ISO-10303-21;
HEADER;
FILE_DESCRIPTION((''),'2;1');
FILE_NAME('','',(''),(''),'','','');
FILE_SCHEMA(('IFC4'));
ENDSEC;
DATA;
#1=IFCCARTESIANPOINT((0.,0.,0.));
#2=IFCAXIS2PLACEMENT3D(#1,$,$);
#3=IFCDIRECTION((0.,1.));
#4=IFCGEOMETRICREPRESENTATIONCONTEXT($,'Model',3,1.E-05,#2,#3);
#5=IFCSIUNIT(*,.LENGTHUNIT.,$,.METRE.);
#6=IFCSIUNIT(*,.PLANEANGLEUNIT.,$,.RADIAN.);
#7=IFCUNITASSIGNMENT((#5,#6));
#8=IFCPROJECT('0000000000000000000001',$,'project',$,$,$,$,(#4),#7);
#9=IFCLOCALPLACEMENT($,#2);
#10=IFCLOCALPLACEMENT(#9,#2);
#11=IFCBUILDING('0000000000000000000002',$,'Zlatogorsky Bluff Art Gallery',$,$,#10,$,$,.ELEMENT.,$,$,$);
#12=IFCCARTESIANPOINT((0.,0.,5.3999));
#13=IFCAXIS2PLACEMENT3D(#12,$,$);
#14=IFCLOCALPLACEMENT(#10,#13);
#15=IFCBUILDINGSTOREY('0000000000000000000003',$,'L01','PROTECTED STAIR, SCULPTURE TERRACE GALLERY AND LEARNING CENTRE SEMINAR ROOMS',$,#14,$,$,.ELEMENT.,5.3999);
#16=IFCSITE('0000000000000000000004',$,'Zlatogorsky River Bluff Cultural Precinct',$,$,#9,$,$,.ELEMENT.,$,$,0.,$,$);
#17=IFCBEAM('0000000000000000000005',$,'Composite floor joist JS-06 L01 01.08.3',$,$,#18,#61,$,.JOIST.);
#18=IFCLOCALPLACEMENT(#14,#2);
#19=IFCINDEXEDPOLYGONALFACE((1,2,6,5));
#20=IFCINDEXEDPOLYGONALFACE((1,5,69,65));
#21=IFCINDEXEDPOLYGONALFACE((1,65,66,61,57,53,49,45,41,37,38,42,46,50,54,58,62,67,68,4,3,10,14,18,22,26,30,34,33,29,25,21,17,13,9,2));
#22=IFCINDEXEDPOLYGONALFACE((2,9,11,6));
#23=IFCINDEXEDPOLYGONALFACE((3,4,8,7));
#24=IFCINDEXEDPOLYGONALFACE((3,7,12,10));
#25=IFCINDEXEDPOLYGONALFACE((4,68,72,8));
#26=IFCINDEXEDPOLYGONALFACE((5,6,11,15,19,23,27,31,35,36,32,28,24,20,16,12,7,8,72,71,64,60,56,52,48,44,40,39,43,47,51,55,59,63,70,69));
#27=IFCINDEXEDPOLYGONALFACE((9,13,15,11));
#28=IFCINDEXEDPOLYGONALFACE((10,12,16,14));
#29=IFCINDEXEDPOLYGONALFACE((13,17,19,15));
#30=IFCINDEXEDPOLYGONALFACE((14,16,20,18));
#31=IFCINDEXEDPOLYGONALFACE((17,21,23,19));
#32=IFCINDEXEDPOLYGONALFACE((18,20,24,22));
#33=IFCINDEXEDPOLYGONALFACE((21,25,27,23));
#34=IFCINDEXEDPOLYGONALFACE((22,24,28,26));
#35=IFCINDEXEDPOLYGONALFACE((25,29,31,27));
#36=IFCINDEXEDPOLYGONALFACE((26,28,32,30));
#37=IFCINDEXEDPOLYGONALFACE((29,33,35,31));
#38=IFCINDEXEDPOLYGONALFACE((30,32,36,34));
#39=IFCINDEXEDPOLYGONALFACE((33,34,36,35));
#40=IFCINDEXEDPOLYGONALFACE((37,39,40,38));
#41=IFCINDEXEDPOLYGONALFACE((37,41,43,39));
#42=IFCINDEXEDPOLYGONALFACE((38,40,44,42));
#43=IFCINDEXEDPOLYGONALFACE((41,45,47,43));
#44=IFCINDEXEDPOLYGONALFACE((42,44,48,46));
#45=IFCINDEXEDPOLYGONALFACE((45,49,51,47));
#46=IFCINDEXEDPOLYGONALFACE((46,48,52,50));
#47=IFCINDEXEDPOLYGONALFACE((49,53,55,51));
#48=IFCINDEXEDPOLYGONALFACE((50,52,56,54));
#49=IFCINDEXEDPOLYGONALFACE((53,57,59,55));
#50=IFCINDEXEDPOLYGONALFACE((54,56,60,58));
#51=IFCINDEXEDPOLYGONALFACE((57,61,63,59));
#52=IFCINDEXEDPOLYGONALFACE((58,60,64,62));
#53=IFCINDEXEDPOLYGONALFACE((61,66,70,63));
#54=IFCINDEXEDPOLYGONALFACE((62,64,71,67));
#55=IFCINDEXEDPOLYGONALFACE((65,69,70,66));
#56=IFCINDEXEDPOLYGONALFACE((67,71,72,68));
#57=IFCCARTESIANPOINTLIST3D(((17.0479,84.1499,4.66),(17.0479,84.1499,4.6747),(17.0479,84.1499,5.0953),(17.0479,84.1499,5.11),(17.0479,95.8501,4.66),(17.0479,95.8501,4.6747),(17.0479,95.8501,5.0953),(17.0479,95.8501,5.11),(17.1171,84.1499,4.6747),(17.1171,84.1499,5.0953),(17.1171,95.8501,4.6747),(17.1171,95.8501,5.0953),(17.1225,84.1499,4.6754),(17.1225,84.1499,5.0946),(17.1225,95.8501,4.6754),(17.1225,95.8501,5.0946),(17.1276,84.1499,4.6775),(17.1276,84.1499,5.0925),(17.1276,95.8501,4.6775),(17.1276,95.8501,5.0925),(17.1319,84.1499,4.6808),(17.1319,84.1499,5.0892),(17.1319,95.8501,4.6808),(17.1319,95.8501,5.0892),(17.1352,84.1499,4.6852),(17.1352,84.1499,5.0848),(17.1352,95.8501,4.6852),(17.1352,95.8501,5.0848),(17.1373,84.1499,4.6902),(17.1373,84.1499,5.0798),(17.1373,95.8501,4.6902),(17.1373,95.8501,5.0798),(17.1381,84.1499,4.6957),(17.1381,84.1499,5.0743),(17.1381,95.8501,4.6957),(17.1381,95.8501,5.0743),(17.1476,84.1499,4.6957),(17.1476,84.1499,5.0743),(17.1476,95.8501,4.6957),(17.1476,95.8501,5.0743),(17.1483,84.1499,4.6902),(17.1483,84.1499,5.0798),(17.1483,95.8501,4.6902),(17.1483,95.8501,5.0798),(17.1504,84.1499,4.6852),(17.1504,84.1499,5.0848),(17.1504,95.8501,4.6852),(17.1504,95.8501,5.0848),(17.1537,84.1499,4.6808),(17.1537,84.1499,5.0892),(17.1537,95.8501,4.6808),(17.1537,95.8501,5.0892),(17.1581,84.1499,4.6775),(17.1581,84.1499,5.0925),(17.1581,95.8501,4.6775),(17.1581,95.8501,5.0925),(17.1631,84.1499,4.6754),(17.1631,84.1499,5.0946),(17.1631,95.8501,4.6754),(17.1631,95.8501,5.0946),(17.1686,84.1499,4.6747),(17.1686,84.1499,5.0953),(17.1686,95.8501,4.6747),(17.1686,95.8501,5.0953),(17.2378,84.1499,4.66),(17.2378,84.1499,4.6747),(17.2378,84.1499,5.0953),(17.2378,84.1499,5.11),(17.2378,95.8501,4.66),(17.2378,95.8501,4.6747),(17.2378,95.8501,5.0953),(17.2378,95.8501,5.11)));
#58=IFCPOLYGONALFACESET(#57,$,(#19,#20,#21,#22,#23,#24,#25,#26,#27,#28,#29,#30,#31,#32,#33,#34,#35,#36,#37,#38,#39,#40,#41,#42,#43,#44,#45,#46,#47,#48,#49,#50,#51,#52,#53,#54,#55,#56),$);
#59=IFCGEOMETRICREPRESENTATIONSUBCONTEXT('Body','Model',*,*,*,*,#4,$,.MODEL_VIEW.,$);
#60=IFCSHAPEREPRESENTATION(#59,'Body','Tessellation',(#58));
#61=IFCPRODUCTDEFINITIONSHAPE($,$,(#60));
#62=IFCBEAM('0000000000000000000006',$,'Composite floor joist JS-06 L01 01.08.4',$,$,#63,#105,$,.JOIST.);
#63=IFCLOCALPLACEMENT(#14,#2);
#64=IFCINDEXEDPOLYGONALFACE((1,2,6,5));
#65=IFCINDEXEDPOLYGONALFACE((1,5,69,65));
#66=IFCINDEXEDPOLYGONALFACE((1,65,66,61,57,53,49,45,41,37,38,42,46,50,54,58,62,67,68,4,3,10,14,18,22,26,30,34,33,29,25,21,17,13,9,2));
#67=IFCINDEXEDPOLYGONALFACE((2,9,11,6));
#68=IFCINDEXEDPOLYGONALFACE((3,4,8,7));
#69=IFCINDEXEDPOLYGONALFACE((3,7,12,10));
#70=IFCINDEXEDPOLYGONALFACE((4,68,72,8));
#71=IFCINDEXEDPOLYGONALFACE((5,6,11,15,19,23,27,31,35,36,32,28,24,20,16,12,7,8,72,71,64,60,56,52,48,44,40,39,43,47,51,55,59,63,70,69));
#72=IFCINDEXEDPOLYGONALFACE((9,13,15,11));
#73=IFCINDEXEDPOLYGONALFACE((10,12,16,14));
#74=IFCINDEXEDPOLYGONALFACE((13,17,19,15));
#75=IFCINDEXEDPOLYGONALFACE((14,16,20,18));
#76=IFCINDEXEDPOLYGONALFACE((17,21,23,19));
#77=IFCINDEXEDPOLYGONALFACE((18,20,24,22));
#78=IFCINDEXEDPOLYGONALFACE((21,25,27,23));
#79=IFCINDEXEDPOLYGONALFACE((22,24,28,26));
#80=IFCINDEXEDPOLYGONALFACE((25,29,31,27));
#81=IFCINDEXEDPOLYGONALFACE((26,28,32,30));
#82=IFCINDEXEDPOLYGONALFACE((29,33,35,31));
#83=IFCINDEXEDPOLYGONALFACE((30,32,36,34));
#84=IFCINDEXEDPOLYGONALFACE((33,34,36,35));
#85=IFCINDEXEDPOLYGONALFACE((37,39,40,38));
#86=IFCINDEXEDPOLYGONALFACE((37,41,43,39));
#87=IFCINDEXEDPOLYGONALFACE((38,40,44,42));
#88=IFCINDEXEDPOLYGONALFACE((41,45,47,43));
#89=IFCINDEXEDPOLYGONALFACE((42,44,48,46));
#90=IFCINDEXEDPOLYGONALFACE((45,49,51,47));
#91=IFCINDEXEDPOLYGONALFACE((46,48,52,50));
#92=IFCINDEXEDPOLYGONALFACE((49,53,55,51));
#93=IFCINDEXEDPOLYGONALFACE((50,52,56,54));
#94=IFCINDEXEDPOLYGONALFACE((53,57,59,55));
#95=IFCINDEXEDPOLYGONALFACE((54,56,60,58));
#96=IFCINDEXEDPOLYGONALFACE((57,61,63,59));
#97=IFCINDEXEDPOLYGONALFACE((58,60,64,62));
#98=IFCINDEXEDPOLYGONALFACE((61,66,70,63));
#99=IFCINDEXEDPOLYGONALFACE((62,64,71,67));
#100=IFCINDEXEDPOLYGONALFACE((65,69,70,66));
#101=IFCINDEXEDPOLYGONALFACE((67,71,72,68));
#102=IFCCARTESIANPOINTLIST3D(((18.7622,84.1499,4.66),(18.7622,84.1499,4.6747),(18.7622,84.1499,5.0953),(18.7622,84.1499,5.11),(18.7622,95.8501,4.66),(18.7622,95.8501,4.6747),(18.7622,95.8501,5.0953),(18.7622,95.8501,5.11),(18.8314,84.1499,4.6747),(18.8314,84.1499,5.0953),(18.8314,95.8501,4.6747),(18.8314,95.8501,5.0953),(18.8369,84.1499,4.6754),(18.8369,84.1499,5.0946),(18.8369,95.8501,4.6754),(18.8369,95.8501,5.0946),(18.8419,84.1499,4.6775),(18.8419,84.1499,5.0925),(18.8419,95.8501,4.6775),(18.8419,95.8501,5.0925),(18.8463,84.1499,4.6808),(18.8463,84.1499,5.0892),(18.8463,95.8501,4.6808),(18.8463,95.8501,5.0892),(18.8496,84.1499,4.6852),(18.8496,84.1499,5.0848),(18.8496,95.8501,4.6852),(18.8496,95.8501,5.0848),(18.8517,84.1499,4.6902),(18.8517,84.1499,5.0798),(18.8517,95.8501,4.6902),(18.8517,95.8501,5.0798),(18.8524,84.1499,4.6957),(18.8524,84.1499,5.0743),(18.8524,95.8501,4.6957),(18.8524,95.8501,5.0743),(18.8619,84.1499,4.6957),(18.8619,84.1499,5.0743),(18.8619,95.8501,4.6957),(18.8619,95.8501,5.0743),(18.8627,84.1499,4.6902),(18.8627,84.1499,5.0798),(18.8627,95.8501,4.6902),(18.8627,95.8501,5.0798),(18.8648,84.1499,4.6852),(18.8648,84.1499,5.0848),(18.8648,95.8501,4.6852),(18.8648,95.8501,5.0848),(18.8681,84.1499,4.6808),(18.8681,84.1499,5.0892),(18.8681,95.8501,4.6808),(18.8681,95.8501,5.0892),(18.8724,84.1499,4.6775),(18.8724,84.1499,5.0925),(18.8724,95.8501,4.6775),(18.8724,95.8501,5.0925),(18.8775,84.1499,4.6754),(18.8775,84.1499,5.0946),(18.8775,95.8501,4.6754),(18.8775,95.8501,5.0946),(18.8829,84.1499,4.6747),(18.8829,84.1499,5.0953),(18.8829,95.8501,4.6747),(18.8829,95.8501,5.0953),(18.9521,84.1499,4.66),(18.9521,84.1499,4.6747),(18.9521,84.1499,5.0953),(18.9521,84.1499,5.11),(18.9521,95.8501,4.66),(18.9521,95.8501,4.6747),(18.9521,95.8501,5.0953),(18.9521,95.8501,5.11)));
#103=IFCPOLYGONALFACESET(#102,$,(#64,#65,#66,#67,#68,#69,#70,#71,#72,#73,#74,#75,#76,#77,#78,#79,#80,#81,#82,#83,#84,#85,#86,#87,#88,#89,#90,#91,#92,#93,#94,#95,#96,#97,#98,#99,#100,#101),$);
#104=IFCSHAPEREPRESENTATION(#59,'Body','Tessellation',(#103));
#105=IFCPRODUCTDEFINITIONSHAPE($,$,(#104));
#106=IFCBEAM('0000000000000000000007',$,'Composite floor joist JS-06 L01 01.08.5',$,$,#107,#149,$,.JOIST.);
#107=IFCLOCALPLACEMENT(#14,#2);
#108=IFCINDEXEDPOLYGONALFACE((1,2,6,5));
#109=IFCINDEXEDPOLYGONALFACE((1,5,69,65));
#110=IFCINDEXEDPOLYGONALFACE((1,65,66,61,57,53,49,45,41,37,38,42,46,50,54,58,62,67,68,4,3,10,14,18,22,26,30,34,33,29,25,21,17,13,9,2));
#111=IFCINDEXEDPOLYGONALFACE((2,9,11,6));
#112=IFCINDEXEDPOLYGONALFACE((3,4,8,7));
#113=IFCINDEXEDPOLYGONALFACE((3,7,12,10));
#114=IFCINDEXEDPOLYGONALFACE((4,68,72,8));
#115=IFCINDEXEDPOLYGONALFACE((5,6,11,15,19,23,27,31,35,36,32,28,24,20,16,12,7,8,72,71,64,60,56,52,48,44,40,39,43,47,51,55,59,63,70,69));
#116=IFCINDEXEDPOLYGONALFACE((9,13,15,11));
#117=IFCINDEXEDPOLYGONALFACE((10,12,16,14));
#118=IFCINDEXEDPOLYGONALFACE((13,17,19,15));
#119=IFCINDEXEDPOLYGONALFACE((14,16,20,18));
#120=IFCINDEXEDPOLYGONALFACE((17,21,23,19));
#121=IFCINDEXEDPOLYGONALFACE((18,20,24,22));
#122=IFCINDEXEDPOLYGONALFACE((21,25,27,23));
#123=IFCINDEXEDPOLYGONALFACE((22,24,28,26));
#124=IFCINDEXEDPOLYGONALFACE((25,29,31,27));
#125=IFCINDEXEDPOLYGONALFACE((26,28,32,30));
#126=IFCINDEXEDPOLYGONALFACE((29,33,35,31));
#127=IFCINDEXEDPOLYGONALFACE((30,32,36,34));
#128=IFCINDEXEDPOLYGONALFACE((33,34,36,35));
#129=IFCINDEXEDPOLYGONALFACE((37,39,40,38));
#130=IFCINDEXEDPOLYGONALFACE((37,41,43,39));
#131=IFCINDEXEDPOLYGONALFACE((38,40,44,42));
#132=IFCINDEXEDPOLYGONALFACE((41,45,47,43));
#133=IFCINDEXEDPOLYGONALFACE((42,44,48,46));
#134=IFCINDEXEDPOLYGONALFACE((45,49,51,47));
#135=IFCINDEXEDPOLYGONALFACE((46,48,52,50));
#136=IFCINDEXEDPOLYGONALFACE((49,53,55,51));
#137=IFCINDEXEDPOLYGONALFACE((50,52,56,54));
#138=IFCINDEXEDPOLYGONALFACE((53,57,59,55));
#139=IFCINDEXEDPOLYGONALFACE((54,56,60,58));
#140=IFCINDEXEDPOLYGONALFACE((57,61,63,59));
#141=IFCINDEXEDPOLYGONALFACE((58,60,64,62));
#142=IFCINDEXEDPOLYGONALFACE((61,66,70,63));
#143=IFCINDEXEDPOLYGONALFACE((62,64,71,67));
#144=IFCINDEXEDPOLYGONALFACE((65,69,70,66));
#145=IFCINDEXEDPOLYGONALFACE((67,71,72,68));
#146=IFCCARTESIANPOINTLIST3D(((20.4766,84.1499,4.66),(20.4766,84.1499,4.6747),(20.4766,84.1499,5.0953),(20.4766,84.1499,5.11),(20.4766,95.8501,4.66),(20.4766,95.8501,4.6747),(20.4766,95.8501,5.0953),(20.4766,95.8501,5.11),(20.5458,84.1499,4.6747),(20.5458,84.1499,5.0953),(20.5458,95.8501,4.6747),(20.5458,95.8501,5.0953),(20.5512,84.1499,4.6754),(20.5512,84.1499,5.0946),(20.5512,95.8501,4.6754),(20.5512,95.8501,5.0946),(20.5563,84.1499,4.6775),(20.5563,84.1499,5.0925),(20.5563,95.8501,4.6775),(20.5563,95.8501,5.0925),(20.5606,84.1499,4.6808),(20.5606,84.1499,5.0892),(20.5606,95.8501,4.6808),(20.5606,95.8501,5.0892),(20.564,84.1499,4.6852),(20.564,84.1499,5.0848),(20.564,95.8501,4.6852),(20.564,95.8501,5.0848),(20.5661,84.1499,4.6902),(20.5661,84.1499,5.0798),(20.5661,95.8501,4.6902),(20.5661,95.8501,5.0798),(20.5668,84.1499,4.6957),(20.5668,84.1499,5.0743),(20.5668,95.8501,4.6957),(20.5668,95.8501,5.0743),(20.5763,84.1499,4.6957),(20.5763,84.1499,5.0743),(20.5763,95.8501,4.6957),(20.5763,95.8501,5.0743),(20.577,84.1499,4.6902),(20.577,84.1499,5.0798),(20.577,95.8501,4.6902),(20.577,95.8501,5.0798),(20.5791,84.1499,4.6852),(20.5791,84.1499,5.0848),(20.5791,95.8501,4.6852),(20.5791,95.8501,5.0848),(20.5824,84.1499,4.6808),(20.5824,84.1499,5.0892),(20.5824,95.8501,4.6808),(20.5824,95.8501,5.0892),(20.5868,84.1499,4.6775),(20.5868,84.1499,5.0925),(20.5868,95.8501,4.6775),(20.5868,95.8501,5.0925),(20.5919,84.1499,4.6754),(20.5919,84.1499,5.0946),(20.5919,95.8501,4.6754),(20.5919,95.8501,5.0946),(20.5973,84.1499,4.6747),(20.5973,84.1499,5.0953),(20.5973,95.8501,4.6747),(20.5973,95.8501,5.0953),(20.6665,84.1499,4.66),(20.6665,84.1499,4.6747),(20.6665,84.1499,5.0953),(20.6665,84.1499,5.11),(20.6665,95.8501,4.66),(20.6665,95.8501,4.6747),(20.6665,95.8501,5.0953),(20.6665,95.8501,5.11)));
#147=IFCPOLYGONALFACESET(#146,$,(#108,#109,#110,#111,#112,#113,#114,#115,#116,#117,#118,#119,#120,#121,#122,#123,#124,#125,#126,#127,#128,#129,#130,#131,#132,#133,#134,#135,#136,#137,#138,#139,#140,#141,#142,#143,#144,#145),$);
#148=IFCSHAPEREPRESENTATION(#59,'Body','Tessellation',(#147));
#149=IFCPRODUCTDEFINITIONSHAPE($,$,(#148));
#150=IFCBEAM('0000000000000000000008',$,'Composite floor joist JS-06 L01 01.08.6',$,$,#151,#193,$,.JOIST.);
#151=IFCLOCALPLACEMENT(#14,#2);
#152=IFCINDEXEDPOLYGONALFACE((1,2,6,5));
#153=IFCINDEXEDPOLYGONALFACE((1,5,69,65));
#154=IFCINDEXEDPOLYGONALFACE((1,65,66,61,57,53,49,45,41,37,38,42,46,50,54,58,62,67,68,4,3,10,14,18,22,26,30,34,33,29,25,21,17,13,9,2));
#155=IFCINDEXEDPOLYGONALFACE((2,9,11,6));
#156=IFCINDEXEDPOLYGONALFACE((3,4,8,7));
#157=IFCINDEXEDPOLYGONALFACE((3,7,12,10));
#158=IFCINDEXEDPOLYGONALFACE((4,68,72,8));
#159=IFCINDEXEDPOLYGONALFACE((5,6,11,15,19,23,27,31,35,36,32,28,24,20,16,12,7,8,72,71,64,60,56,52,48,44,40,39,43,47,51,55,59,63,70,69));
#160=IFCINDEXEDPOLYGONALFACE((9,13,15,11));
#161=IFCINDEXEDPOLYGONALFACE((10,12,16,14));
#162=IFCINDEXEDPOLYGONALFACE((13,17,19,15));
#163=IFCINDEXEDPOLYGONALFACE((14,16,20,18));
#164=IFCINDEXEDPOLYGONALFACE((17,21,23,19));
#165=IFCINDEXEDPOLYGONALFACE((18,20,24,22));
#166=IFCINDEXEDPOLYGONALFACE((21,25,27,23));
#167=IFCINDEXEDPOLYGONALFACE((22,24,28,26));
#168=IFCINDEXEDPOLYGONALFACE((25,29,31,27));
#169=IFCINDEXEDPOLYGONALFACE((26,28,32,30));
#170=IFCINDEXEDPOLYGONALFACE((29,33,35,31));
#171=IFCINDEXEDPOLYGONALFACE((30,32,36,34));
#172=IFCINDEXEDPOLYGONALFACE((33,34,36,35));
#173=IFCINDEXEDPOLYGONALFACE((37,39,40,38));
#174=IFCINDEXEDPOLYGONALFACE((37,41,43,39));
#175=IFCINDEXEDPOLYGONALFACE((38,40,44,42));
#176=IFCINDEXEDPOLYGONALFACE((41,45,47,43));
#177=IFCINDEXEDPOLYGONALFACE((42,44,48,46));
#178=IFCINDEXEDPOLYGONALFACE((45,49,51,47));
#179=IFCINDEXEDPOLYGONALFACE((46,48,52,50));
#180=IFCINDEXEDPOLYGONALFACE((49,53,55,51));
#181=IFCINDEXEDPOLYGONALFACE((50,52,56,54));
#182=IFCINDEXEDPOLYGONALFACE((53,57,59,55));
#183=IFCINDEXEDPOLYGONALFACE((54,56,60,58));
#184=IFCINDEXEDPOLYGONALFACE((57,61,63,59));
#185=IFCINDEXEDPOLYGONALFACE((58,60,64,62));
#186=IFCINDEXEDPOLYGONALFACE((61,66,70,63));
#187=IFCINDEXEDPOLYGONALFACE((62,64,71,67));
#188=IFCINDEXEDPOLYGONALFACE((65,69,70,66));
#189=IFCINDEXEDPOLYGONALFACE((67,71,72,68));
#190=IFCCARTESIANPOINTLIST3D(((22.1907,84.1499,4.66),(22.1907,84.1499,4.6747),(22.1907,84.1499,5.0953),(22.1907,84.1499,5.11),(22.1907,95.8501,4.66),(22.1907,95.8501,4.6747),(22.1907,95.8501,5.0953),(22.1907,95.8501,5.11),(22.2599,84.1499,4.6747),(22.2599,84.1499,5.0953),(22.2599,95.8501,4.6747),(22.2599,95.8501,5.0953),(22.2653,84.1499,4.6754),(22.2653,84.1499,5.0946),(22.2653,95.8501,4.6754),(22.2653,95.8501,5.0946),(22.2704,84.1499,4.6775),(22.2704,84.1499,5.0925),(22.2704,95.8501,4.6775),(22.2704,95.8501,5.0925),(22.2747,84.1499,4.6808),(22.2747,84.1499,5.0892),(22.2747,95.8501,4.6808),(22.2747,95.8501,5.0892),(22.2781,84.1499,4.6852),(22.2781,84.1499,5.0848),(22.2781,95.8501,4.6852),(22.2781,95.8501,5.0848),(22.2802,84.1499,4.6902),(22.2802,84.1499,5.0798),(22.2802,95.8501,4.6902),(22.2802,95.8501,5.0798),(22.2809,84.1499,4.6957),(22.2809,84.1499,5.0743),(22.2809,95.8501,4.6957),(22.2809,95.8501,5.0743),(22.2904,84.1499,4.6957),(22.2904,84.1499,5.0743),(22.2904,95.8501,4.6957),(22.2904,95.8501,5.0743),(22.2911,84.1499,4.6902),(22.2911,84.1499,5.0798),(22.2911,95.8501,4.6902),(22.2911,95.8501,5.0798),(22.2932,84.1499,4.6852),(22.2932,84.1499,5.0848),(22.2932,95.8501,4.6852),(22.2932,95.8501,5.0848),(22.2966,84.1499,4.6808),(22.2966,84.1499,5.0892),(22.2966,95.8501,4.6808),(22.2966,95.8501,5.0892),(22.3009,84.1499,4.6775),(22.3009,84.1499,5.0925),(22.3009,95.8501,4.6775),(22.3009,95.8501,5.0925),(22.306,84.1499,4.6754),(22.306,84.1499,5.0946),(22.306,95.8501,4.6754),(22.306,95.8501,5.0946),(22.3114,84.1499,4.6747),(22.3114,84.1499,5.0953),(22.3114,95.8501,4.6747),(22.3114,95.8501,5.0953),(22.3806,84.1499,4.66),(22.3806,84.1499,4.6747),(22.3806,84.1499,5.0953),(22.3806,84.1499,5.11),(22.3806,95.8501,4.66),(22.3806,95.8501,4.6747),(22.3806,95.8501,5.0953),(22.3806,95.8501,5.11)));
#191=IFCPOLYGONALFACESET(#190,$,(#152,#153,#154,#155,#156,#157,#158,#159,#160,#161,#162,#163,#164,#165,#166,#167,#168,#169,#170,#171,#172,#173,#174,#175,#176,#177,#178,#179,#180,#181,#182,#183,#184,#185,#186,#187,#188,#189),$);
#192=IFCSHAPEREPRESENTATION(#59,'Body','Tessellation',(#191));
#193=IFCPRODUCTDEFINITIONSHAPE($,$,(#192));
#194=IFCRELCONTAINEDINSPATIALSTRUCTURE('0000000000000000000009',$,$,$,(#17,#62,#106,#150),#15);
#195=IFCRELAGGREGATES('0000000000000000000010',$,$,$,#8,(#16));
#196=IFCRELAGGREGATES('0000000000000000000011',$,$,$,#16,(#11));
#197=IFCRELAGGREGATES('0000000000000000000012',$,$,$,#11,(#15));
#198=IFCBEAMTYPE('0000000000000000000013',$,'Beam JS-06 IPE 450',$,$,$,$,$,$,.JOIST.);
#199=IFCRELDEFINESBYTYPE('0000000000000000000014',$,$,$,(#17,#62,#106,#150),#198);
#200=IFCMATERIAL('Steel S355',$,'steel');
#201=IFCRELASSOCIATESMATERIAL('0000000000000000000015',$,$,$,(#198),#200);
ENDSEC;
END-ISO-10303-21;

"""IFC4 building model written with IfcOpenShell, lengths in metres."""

from ifc_helpers import new_model, si_unit, direction, frame, origin, origin_2d, place, context, subcontext, project, spatial, i_section, extrude, material, material_profile, profile_set, type_object, element, save


model = new_model("IFC4")

# Units and contexts
model_context = context("Model", 3, precision=1e-05, world=origin(), true_north=direction((0.0, 1.0)))
body_context = subcontext(model_context, "Body", "Model", "MODEL_VIEW")
ifc_project = project(units=[si_unit("LENGTHUNIT", "METRE"), si_unit("PLANEANGLEUNIT", "RADIAN")], contexts=[model_context])

# Site, building, storey
site_placement = place(None, origin())
site = spatial("IfcSite", under=ifc_project, at=site_placement, Name="Zlatogorsky River Bluff Cultural Precinct", CompositionType="ELEMENT", RefElevation=0.0)
building_placement = place(site_placement, origin())
building = spatial("IfcBuilding", under=site, at=building_placement, Name="Zlatogorsky Bluff Art Gallery", CompositionType="ELEMENT")
storey_placement = place(building_placement, frame((0.0, 0.0, 5.3999)))
storey = spatial("IfcBuildingStorey", under=building, at=storey_placement, Name="L01", Description="PROTECTED STAIR, SCULPTURE TERRACE GALLERY AND LEARNING CENTRE SEMINAR ROOMS", CompositionType="ELEMENT", Elevation=5.3999)

# Shared definitions
ifc_material_1 = material(Name="Steel S355", Category="steel")

# Beams
ifc_material_profile_1 = material_profile(ifc_material_1, i_section(OverallWidth=0.1899, OverallDepth=0.45, WebThickness=0.0095, FlangeThickness=0.0146, FilletRadius=0.021, at=origin_2d()), Name="IPE 450")
ifc_profile_set_1 = profile_set([ifc_material_profile_1], Name="Steel S355")
beam_type_1 = type_object("IfcBeamType", Name="Beam JS-06 IPE 450", PredefinedType="JOIST", material=ifc_profile_set_1)
for number, where, z_axis, x_axis, name in (
    (1, (17.1428, 84.1499, 4.885), (0.0, 1.0, 0.0), (-1.0, 0.0, 0.0), "Composite floor joist JS-06 L01 01.08.3"),
    (2, (18.8572, 84.1499, 4.885), (0.0, 1.0, 0.0), (-1.0, 0.0, 0.0), "Composite floor joist JS-06 L01 01.08.4"),
    (3, (20.5715, 84.1499, 4.885), (0.0, 1.0, 0.0), (-1.0, 0.0, 0.0), "Composite floor joist JS-06 L01 01.08.5"),
    (4, (22.2856, 84.1499, 4.885), (0.0, 1.0, 0.0), (-1.0, 0.0, 0.0), "Composite floor joist JS-06 L01 01.08.6"),
):
    element("IfcBeam", number, at=place(storey_placement, frame(where, z_axis=z_axis, x_axis=x_axis)), inside=storey, type_object=beam_type_1, Name=name, PredefinedType="JOIST", context=body_context, shape_type="SweptSolid", body=[
        extrude(i_section(OverallWidth=0.1899, OverallDepth=0.45, WebThickness=0.0095, FlangeThickness=0.0146, FilletRadius=0.021, at=origin_2d()), origin(), (0.0, 0.0, 1.0), 11.7002),
    ])

save(model, "model.ifc")
